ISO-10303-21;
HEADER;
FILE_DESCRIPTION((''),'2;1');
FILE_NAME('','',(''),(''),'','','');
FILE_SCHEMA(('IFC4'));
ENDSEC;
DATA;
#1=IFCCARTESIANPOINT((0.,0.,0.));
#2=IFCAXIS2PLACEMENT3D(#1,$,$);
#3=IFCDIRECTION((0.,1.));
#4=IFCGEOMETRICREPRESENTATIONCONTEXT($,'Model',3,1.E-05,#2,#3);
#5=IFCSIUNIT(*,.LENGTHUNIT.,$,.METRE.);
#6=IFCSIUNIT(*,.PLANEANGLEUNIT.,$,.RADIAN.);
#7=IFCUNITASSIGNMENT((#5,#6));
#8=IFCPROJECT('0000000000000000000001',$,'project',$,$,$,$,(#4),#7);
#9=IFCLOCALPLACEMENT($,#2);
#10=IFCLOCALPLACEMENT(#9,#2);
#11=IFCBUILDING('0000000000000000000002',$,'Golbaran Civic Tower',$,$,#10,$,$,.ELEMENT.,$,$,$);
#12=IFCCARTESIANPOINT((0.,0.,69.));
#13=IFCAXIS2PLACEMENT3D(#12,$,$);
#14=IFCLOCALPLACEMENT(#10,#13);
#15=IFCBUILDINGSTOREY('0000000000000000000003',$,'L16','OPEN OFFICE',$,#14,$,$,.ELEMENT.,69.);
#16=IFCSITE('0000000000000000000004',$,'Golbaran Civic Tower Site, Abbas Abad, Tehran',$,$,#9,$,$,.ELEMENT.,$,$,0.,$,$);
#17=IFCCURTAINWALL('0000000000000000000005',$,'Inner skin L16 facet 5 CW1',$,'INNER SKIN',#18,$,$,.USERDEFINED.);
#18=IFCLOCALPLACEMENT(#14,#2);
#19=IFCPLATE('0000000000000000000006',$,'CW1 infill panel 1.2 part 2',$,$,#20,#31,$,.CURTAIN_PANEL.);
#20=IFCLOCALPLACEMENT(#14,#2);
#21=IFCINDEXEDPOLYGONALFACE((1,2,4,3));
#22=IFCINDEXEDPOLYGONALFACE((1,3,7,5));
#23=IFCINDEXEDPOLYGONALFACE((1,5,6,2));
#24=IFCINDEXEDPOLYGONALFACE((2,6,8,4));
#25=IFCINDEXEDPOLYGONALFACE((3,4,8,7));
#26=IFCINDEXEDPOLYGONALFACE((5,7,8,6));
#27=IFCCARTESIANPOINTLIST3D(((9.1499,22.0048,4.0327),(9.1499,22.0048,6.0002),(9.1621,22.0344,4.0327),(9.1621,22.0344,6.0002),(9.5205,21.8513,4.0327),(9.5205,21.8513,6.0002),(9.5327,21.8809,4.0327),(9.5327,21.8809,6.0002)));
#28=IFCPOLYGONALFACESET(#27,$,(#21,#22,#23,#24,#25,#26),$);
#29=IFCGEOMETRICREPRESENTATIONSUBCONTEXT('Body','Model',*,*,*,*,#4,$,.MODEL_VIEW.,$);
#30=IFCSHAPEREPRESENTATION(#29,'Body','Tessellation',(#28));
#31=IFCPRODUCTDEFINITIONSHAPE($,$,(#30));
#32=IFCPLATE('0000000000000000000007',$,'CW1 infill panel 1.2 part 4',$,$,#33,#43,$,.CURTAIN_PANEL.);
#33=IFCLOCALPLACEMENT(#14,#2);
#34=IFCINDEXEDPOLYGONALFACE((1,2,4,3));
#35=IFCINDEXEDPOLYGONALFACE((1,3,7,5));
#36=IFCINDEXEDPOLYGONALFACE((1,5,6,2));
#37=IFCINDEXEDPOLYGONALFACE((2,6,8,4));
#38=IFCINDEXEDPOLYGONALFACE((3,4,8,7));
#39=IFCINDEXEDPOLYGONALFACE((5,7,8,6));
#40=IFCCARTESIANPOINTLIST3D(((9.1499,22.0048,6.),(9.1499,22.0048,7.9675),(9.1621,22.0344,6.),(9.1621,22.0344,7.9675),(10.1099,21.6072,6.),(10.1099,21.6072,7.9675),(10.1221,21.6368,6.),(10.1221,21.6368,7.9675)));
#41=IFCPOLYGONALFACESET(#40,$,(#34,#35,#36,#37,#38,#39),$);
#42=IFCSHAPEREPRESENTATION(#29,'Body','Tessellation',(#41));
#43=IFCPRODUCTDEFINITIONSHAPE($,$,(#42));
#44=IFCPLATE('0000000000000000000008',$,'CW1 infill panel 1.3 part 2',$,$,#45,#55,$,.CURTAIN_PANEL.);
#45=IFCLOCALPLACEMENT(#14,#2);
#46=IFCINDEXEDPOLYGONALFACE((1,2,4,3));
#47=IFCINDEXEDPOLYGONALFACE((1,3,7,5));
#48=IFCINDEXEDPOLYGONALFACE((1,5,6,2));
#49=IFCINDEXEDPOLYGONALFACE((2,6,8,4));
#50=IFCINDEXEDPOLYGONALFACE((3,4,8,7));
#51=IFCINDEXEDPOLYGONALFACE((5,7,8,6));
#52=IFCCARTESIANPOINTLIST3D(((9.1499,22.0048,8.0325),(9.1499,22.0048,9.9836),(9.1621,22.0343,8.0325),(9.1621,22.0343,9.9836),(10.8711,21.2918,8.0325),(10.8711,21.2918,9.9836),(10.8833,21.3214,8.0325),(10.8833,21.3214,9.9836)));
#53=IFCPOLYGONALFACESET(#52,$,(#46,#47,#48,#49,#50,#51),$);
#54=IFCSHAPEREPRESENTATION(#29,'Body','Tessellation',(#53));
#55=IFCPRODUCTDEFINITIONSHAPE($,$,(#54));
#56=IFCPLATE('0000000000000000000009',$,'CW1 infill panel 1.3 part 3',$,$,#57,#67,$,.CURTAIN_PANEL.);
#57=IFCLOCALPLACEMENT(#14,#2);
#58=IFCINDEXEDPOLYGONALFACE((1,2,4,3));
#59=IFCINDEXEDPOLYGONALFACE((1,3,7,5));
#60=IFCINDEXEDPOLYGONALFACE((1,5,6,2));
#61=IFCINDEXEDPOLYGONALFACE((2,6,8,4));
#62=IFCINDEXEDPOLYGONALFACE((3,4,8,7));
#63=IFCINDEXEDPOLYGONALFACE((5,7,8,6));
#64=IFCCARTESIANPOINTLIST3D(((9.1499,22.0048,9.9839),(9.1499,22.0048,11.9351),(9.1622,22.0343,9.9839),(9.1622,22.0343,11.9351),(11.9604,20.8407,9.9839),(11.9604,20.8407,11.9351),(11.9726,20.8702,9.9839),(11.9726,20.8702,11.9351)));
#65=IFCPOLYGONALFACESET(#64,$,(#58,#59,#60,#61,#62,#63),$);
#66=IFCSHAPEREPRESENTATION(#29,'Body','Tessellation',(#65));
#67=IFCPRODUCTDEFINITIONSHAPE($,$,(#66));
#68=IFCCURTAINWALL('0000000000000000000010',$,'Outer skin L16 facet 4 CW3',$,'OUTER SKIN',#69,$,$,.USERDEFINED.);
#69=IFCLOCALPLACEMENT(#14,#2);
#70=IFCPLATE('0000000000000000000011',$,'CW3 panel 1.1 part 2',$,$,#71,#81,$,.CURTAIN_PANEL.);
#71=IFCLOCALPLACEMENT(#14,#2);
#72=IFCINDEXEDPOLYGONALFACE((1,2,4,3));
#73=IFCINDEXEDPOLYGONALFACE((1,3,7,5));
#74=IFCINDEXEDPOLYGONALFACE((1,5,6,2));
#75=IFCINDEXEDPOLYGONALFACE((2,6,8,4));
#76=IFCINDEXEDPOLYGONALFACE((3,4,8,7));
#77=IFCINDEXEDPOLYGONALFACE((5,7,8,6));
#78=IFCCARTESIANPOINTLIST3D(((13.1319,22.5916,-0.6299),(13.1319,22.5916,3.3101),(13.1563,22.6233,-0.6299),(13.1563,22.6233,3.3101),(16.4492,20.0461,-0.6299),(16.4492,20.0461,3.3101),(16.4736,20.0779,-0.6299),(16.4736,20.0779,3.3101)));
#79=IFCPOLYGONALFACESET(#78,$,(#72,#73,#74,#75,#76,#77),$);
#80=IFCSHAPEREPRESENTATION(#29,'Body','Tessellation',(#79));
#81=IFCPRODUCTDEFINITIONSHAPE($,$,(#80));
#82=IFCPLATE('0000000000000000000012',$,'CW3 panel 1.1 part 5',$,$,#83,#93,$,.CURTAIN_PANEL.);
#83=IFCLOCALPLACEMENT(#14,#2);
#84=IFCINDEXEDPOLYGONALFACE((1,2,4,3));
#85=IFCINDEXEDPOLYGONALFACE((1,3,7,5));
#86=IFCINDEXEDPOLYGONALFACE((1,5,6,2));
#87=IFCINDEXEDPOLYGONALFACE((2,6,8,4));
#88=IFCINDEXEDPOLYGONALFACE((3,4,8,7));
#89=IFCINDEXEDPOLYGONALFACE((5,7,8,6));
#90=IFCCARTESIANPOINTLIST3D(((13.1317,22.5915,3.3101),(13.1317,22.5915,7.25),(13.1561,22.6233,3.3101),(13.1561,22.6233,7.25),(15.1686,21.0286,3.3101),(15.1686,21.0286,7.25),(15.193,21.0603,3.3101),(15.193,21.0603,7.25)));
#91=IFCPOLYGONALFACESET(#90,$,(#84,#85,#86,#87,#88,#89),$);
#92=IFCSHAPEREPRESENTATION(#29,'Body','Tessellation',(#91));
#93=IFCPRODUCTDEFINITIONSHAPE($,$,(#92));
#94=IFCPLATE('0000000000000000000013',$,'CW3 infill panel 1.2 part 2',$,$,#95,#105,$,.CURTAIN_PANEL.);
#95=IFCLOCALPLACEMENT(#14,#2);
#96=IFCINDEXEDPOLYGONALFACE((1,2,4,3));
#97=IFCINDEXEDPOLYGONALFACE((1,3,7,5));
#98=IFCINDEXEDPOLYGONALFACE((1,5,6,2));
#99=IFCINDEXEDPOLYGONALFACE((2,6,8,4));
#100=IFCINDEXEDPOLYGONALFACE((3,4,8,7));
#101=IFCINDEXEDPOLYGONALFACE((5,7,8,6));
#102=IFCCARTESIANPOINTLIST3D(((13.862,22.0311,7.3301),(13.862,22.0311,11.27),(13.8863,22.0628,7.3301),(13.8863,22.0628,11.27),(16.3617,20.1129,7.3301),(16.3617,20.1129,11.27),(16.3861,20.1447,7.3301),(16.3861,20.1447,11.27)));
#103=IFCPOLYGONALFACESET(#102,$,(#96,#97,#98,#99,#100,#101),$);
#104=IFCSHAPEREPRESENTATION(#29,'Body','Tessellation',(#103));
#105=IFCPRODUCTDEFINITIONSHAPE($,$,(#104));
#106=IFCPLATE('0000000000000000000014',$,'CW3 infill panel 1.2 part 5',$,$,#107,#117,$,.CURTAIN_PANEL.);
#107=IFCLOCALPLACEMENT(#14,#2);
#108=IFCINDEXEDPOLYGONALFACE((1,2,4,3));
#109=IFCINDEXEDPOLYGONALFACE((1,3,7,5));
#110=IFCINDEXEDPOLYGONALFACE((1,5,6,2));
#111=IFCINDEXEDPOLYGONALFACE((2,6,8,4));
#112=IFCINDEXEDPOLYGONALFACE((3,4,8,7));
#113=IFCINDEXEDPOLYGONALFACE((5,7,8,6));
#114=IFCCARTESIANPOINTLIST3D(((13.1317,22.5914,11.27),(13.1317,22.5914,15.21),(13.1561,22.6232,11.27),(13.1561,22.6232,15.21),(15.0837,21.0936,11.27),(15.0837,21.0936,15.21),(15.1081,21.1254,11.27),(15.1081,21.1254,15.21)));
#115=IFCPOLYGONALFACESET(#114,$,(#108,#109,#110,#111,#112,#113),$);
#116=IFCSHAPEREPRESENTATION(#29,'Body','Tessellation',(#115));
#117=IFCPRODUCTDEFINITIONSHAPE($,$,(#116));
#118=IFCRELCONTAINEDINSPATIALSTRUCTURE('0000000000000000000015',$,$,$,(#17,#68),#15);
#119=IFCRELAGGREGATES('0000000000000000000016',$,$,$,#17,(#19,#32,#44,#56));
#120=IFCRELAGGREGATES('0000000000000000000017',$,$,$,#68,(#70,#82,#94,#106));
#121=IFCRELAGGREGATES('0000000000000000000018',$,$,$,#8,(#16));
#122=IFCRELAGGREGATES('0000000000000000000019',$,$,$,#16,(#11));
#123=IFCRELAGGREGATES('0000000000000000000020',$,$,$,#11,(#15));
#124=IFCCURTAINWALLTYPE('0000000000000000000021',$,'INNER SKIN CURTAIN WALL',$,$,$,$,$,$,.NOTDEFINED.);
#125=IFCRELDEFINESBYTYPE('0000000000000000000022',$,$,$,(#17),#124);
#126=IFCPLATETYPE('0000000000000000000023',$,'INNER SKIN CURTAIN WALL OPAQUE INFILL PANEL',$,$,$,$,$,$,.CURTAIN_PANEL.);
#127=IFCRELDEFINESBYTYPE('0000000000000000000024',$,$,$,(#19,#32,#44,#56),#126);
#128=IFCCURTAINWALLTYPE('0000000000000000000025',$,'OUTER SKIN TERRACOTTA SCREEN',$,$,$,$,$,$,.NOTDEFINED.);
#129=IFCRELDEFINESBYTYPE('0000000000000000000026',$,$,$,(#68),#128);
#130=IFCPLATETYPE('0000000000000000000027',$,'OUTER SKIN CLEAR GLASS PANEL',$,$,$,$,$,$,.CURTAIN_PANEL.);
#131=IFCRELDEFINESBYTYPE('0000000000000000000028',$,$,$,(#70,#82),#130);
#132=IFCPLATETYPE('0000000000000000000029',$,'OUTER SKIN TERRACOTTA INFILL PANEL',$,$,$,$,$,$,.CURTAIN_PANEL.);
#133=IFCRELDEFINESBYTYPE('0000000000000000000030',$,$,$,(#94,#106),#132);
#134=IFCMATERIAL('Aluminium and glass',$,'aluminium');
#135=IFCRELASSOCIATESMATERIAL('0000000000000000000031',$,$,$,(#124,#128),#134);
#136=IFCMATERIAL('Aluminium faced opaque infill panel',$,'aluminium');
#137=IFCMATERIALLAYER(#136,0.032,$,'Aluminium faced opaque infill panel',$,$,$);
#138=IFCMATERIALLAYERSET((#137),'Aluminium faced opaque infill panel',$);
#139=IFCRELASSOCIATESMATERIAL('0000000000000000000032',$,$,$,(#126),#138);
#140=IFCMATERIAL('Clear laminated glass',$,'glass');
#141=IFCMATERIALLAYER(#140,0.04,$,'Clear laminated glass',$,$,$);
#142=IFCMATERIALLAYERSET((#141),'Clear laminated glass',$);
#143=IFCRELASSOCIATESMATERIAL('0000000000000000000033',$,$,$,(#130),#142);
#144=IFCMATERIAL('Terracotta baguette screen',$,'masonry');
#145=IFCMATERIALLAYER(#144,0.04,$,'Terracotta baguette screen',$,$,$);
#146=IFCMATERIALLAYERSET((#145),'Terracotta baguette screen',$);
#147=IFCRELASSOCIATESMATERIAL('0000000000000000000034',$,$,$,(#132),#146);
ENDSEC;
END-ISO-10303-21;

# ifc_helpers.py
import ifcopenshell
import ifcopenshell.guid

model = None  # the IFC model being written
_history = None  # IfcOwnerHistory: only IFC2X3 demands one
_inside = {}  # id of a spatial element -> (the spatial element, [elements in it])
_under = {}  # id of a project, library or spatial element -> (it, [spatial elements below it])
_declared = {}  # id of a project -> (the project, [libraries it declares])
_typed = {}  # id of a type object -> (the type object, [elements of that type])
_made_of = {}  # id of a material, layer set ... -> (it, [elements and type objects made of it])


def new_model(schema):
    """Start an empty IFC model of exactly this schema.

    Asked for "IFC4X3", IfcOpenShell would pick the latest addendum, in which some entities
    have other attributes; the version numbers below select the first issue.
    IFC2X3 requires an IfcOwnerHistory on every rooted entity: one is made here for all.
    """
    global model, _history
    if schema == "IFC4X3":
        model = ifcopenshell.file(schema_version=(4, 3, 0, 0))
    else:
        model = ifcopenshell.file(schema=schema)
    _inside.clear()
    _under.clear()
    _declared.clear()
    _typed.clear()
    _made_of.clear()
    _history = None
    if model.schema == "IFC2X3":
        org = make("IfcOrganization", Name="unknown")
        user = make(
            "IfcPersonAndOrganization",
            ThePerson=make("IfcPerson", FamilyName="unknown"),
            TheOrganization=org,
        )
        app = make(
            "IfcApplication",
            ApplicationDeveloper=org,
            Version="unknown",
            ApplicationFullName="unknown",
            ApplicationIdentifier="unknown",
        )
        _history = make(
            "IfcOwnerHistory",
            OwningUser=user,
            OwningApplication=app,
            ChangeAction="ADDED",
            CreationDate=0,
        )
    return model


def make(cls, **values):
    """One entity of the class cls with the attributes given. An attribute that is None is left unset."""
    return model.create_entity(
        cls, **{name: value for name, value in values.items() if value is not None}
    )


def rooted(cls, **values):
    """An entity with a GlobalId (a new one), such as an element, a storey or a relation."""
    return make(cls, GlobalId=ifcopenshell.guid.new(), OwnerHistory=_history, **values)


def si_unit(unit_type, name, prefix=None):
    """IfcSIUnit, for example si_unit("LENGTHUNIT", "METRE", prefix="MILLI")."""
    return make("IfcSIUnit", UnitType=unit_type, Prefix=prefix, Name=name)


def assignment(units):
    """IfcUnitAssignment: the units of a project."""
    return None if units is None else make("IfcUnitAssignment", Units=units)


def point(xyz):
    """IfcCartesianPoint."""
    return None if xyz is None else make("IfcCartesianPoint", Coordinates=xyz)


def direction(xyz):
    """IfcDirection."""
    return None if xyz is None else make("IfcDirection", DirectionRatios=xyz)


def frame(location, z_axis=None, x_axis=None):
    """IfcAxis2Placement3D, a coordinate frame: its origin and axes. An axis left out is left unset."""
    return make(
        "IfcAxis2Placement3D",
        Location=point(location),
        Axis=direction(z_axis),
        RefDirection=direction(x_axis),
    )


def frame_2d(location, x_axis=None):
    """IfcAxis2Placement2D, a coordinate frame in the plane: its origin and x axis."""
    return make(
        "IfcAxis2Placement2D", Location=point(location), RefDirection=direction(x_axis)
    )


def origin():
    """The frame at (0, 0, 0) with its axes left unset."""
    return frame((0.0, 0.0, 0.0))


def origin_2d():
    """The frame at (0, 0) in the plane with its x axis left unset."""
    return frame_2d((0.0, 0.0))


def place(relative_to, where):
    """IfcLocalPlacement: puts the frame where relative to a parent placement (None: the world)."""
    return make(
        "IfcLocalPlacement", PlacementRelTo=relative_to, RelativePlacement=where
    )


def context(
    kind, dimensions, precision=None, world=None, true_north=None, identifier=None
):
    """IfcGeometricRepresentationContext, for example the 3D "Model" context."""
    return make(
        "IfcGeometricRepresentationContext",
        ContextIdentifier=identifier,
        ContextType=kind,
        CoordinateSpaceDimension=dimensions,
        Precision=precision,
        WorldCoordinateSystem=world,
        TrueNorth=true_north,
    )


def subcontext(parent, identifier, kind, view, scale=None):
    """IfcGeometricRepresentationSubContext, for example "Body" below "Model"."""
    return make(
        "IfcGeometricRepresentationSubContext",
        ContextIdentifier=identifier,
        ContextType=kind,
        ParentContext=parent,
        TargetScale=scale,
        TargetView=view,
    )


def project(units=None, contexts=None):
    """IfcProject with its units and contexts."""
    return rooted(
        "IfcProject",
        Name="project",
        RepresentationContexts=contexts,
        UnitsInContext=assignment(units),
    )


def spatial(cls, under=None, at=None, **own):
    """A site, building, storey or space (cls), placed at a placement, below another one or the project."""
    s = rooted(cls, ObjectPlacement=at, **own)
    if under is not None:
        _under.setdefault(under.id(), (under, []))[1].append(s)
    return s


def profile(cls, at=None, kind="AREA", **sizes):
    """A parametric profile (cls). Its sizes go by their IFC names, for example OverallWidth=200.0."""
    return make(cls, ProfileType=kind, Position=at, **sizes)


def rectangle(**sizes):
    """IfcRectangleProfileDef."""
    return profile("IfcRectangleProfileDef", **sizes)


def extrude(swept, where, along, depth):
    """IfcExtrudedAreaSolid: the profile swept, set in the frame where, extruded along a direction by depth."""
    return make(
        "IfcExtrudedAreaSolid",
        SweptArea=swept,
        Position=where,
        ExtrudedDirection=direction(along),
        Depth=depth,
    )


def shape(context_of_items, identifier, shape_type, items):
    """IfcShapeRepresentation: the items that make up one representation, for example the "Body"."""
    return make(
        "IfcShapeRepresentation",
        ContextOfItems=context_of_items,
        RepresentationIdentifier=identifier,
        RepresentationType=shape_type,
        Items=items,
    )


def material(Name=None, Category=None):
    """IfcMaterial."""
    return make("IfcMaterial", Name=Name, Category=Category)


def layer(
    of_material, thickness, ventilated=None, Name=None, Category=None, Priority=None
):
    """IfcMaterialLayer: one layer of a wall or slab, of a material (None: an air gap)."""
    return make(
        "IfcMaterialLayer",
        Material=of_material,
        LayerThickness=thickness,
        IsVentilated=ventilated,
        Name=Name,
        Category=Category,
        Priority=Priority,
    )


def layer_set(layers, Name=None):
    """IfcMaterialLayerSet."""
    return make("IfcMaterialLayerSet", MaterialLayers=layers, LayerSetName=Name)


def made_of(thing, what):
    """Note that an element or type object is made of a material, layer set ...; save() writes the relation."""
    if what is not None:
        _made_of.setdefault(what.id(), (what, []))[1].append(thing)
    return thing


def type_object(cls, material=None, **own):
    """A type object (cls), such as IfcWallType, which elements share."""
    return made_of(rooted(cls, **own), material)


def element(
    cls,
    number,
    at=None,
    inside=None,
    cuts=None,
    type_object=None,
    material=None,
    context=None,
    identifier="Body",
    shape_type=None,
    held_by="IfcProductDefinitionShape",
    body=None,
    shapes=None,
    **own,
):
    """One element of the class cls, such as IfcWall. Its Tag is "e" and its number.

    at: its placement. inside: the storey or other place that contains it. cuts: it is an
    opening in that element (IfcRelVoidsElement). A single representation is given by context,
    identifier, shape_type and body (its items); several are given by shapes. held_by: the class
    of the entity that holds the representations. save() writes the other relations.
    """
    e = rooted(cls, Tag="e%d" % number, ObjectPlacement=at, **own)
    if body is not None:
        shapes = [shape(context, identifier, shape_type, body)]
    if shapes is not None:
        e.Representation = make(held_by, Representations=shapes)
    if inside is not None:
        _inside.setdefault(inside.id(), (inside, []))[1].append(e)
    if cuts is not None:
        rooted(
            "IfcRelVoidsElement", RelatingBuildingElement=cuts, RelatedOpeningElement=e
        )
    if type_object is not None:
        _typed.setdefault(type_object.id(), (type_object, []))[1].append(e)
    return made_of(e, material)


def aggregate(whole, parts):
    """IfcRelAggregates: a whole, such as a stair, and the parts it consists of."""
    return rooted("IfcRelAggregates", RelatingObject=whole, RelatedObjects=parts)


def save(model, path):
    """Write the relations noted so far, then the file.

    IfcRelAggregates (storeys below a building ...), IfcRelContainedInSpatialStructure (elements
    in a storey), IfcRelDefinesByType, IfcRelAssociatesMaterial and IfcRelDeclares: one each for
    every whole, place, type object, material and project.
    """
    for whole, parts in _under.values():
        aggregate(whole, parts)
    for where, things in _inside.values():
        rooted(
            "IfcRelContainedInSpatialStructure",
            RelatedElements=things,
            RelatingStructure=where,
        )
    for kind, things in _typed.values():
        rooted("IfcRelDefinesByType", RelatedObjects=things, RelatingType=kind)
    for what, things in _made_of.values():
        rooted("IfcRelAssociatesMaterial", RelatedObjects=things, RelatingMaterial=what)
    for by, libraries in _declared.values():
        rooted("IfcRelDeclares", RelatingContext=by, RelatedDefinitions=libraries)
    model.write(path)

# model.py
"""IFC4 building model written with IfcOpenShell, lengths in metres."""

from ifc_helpers import new_model, si_unit, direction, frame, origin, origin_2d, place, context, subcontext, project, spatial, rectangle, extrude, material, layer, layer_set, type_object, element, aggregate, save


model = new_model("IFC4")

# Units and contexts
model_context = context("Model", 3, precision=1e-05, world=origin(), true_north=direction((0.0, 1.0)))
body_context = subcontext(model_context, "Body", "Model", "MODEL_VIEW")
ifc_project = project(units=[si_unit("LENGTHUNIT", "METRE"), si_unit("PLANEANGLEUNIT", "RADIAN")], contexts=[model_context])

# Site, building, storey
site_placement = place(None, origin())
site = spatial("IfcSite", under=ifc_project, at=site_placement, Name="Golbaran Civic Tower Site, Abbas Abad, Tehran", CompositionType="ELEMENT", RefElevation=0.0)
building_placement = place(site_placement, origin())
building = spatial("IfcBuilding", under=site, at=building_placement, Name="Golbaran Civic Tower", CompositionType="ELEMENT")
storey_placement = place(building_placement, frame((0.0, 0.0, 69.0)))
storey = spatial("IfcBuildingStorey", under=building, at=storey_placement, Name="L16", Description="OPEN OFFICE", CompositionType="ELEMENT", Elevation=69.0)

# Curtain wall
ifc_material_1 = material(Name="Aluminium and glass", Category="aluminium")
curtain_wall_type_1 = type_object("IfcCurtainWallType", Name="INNER SKIN CURTAIN WALL", PredefinedType="NOTDEFINED", material=ifc_material_1)
curtain_wall_1_placement = place(storey_placement, origin())
curtain_wall_1 = element("IfcCurtainWall", 1, at=curtain_wall_1_placement, inside=storey, type_object=curtain_wall_type_1, Name="Inner skin L16 facet 5 CW1", ObjectType="INNER SKIN", PredefinedType="USERDEFINED")

# Plates
ifc_material_2 = material(Name="Aluminium faced opaque infill panel", Category="aluminium")
ifc_layer_1 = layer(ifc_material_2, 0.032, Name="Aluminium faced opaque infill panel")
ifc_layer_set_1 = layer_set([ifc_layer_1], Name="Aluminium faced opaque infill panel")
plate_type_1 = type_object("IfcPlateType", Name="INNER SKIN CURTAIN WALL OPAQUE INFILL PANEL", PredefinedType="CURTAIN_PANEL", material=ifc_layer_set_1)
plate_1_placement = place(storey_placement, frame((9.3413, 21.9429, 4.0327), z_axis=(0.0, 0.0, 1.0), x_axis=(-0.92388, 0.382683, 0.0)))
plate_1 = element("IfcPlate", 2, at=plate_1_placement, type_object=plate_type_1, Name="CW1 infill panel 1.2 part 2", PredefinedType="CURTAIN_PANEL", context=body_context, shape_type="SweptSolid", body=[
    extrude(rectangle(XDim=0.4011, YDim=0.032, at=origin_2d()), origin(), (0.0, 0.0, 1.0), 1.9675),
])
plate_2_placement = place(storey_placement, frame((9.636, 21.8208, 6.0), z_axis=(0.0, 0.0, 1.0), x_axis=(-0.92388, 0.382683, 0.0)))
plate_2 = element("IfcPlate", 3, at=plate_2_placement, type_object=plate_type_1, Name="CW1 infill panel 1.2 part 4", PredefinedType="CURTAIN_PANEL", context=body_context, shape_type="SweptSolid", body=[
    extrude(rectangle(XDim=1.0391, YDim=0.032, at=origin_2d()), origin(), (0.0, 0.0, 1.0), 1.9675),
])
plate_3_placement = place(storey_placement, frame((10.0166, 21.6631, 8.0325), z_axis=(0.0, 0.0, 1.0), x_axis=(-0.92388, 0.382683, 0.0)))
plate_3 = element("IfcPlate", 4, at=plate_3_placement, type_object=plate_type_1, Name="CW1 infill panel 1.3 part 2", PredefinedType="CURTAIN_PANEL", context=body_context, shape_type="SweptSolid", body=[
    extrude(rectangle(XDim=1.863, YDim=0.032, at=origin_2d()), origin(), (0.0, 0.0, 1.0), 1.9512),
])
plate_4_placement = place(storey_placement, frame((10.5613, 21.4375, 9.9839), z_axis=(0.0, 0.0, 1.0), x_axis=(-0.92388, 0.382683, 0.0)))
plate_4 = element("IfcPlate", 5, at=plate_4_placement, type_object=plate_type_1, Name="CW1 infill panel 1.3 part 3", PredefinedType="CURTAIN_PANEL", context=body_context, shape_type="SweptSolid", body=[
    extrude(rectangle(XDim=3.042, YDim=0.032, at=origin_2d()), origin(), (0.0, 0.0, 1.0), 1.9512),
])
aggregate(curtain_wall_1, [plate_1, plate_2, plate_3, plate_4])

# Curtain wall, plates
curtain_wall_type_2 = type_object("IfcCurtainWallType", Name="OUTER SKIN TERRACOTTA SCREEN", PredefinedType="NOTDEFINED", material=ifc_material_1)
curtain_wall_2_placement = place(storey_placement, origin())
curtain_wall_2 = element("IfcCurtainWall", 6, at=curtain_wall_2_placement, inside=storey, type_object=curtain_wall_type_2, Name="Outer skin L16 facet 4 CW3", ObjectType="OUTER SKIN", PredefinedType="USERDEFINED")
ifc_material_3 = material(Name="Clear laminated glass", Category="glass")
ifc_layer_2 = layer(ifc_material_3, 0.04, Name="Clear laminated glass")
ifc_layer_set_2 = layer_set([ifc_layer_2], Name="Clear laminated glass")
plate_type_2 = type_object("IfcPlateType", Name="OUTER SKIN CLEAR GLASS PANEL", PredefinedType="CURTAIN_PANEL", material=ifc_layer_set_2)
plate_5_placement = place(storey_placement, frame((14.8027, 21.3347, -0.6299), z_axis=(0.0, 0.0, 1.0), x_axis=(-0.793353, 0.608761, 0.0)))
plate_5 = element("IfcPlate", 7, at=plate_5_placement, type_object=plate_type_2, Name="CW3 panel 1.1 part 2", PredefinedType="CURTAIN_PANEL", context=body_context, shape_type="SweptSolid", body=[
    extrude(rectangle(XDim=4.1814, YDim=0.04, at=origin_2d()), origin(), (0.0, 0.0, 1.0), 3.9399),
])
plate_6_placement = place(storey_placement, frame((14.1624, 21.8259, 3.3101), z_axis=(0.0, 0.0, 1.0), x_axis=(-0.793353, 0.608761, 0.0)))
plate_6 = element("IfcPlate", 8, at=plate_6_placement, type_object=plate_type_2, Name="CW3 panel 1.1 part 5", PredefinedType="CURTAIN_PANEL", context=body_context, shape_type="SweptSolid", body=[
    extrude(rectangle(XDim=2.5674, YDim=0.04, at=origin_2d()), origin(), (0.0, 0.0, 1.0), 3.9399),
])
ifc_material_4 = material(Name="Terracotta baguette screen", Category="masonry")
ifc_layer_3 = layer(ifc_material_4, 0.04, Name="Terracotta baguette screen")
ifc_layer_set_3 = layer_set([ifc_layer_3], Name="Terracotta baguette screen")
plate_type_3 = type_object("IfcPlateType", Name="OUTER SKIN TERRACOTTA INFILL PANEL", PredefinedType="CURTAIN_PANEL", material=ifc_layer_set_3)
plate_7_placement = place(storey_placement, frame((15.124, 21.0879, 7.3301), z_axis=(0.0, 0.0, 1.0), x_axis=(-0.793353, 0.608761, 0.0)))
plate_7 = element("IfcPlate", 9, at=plate_7_placement, type_object=plate_type_3, Name="CW3 infill panel 1.2 part 2", PredefinedType="CURTAIN_PANEL", context=body_context, shape_type="SweptSolid", body=[
    extrude(rectangle(XDim=3.1509, YDim=0.04, at=origin_2d()), origin(), (0.0, 0.0, 1.0), 3.9399),
])
plate_8_placement = place(storey_placement, frame((14.1199, 21.8584, 11.27), z_axis=(0.0, 0.0, 1.0), x_axis=(-0.793353, 0.608761, 0.0)))
plate_8 = element("IfcPlate", 10, at=plate_8_placement, type_object=plate_type_3, Name="CW3 infill panel 1.2 part 5", PredefinedType="CURTAIN_PANEL", context=body_context, shape_type="SweptSolid", body=[
    extrude(rectangle(XDim=2.4604, YDim=0.04, at=origin_2d()), origin(), (0.0, 0.0, 1.0), 3.9399),
])
aggregate(curtain_wall_2, [plate_5, plate_6, plate_7, plate_8])

save(model, "model.ifc")
